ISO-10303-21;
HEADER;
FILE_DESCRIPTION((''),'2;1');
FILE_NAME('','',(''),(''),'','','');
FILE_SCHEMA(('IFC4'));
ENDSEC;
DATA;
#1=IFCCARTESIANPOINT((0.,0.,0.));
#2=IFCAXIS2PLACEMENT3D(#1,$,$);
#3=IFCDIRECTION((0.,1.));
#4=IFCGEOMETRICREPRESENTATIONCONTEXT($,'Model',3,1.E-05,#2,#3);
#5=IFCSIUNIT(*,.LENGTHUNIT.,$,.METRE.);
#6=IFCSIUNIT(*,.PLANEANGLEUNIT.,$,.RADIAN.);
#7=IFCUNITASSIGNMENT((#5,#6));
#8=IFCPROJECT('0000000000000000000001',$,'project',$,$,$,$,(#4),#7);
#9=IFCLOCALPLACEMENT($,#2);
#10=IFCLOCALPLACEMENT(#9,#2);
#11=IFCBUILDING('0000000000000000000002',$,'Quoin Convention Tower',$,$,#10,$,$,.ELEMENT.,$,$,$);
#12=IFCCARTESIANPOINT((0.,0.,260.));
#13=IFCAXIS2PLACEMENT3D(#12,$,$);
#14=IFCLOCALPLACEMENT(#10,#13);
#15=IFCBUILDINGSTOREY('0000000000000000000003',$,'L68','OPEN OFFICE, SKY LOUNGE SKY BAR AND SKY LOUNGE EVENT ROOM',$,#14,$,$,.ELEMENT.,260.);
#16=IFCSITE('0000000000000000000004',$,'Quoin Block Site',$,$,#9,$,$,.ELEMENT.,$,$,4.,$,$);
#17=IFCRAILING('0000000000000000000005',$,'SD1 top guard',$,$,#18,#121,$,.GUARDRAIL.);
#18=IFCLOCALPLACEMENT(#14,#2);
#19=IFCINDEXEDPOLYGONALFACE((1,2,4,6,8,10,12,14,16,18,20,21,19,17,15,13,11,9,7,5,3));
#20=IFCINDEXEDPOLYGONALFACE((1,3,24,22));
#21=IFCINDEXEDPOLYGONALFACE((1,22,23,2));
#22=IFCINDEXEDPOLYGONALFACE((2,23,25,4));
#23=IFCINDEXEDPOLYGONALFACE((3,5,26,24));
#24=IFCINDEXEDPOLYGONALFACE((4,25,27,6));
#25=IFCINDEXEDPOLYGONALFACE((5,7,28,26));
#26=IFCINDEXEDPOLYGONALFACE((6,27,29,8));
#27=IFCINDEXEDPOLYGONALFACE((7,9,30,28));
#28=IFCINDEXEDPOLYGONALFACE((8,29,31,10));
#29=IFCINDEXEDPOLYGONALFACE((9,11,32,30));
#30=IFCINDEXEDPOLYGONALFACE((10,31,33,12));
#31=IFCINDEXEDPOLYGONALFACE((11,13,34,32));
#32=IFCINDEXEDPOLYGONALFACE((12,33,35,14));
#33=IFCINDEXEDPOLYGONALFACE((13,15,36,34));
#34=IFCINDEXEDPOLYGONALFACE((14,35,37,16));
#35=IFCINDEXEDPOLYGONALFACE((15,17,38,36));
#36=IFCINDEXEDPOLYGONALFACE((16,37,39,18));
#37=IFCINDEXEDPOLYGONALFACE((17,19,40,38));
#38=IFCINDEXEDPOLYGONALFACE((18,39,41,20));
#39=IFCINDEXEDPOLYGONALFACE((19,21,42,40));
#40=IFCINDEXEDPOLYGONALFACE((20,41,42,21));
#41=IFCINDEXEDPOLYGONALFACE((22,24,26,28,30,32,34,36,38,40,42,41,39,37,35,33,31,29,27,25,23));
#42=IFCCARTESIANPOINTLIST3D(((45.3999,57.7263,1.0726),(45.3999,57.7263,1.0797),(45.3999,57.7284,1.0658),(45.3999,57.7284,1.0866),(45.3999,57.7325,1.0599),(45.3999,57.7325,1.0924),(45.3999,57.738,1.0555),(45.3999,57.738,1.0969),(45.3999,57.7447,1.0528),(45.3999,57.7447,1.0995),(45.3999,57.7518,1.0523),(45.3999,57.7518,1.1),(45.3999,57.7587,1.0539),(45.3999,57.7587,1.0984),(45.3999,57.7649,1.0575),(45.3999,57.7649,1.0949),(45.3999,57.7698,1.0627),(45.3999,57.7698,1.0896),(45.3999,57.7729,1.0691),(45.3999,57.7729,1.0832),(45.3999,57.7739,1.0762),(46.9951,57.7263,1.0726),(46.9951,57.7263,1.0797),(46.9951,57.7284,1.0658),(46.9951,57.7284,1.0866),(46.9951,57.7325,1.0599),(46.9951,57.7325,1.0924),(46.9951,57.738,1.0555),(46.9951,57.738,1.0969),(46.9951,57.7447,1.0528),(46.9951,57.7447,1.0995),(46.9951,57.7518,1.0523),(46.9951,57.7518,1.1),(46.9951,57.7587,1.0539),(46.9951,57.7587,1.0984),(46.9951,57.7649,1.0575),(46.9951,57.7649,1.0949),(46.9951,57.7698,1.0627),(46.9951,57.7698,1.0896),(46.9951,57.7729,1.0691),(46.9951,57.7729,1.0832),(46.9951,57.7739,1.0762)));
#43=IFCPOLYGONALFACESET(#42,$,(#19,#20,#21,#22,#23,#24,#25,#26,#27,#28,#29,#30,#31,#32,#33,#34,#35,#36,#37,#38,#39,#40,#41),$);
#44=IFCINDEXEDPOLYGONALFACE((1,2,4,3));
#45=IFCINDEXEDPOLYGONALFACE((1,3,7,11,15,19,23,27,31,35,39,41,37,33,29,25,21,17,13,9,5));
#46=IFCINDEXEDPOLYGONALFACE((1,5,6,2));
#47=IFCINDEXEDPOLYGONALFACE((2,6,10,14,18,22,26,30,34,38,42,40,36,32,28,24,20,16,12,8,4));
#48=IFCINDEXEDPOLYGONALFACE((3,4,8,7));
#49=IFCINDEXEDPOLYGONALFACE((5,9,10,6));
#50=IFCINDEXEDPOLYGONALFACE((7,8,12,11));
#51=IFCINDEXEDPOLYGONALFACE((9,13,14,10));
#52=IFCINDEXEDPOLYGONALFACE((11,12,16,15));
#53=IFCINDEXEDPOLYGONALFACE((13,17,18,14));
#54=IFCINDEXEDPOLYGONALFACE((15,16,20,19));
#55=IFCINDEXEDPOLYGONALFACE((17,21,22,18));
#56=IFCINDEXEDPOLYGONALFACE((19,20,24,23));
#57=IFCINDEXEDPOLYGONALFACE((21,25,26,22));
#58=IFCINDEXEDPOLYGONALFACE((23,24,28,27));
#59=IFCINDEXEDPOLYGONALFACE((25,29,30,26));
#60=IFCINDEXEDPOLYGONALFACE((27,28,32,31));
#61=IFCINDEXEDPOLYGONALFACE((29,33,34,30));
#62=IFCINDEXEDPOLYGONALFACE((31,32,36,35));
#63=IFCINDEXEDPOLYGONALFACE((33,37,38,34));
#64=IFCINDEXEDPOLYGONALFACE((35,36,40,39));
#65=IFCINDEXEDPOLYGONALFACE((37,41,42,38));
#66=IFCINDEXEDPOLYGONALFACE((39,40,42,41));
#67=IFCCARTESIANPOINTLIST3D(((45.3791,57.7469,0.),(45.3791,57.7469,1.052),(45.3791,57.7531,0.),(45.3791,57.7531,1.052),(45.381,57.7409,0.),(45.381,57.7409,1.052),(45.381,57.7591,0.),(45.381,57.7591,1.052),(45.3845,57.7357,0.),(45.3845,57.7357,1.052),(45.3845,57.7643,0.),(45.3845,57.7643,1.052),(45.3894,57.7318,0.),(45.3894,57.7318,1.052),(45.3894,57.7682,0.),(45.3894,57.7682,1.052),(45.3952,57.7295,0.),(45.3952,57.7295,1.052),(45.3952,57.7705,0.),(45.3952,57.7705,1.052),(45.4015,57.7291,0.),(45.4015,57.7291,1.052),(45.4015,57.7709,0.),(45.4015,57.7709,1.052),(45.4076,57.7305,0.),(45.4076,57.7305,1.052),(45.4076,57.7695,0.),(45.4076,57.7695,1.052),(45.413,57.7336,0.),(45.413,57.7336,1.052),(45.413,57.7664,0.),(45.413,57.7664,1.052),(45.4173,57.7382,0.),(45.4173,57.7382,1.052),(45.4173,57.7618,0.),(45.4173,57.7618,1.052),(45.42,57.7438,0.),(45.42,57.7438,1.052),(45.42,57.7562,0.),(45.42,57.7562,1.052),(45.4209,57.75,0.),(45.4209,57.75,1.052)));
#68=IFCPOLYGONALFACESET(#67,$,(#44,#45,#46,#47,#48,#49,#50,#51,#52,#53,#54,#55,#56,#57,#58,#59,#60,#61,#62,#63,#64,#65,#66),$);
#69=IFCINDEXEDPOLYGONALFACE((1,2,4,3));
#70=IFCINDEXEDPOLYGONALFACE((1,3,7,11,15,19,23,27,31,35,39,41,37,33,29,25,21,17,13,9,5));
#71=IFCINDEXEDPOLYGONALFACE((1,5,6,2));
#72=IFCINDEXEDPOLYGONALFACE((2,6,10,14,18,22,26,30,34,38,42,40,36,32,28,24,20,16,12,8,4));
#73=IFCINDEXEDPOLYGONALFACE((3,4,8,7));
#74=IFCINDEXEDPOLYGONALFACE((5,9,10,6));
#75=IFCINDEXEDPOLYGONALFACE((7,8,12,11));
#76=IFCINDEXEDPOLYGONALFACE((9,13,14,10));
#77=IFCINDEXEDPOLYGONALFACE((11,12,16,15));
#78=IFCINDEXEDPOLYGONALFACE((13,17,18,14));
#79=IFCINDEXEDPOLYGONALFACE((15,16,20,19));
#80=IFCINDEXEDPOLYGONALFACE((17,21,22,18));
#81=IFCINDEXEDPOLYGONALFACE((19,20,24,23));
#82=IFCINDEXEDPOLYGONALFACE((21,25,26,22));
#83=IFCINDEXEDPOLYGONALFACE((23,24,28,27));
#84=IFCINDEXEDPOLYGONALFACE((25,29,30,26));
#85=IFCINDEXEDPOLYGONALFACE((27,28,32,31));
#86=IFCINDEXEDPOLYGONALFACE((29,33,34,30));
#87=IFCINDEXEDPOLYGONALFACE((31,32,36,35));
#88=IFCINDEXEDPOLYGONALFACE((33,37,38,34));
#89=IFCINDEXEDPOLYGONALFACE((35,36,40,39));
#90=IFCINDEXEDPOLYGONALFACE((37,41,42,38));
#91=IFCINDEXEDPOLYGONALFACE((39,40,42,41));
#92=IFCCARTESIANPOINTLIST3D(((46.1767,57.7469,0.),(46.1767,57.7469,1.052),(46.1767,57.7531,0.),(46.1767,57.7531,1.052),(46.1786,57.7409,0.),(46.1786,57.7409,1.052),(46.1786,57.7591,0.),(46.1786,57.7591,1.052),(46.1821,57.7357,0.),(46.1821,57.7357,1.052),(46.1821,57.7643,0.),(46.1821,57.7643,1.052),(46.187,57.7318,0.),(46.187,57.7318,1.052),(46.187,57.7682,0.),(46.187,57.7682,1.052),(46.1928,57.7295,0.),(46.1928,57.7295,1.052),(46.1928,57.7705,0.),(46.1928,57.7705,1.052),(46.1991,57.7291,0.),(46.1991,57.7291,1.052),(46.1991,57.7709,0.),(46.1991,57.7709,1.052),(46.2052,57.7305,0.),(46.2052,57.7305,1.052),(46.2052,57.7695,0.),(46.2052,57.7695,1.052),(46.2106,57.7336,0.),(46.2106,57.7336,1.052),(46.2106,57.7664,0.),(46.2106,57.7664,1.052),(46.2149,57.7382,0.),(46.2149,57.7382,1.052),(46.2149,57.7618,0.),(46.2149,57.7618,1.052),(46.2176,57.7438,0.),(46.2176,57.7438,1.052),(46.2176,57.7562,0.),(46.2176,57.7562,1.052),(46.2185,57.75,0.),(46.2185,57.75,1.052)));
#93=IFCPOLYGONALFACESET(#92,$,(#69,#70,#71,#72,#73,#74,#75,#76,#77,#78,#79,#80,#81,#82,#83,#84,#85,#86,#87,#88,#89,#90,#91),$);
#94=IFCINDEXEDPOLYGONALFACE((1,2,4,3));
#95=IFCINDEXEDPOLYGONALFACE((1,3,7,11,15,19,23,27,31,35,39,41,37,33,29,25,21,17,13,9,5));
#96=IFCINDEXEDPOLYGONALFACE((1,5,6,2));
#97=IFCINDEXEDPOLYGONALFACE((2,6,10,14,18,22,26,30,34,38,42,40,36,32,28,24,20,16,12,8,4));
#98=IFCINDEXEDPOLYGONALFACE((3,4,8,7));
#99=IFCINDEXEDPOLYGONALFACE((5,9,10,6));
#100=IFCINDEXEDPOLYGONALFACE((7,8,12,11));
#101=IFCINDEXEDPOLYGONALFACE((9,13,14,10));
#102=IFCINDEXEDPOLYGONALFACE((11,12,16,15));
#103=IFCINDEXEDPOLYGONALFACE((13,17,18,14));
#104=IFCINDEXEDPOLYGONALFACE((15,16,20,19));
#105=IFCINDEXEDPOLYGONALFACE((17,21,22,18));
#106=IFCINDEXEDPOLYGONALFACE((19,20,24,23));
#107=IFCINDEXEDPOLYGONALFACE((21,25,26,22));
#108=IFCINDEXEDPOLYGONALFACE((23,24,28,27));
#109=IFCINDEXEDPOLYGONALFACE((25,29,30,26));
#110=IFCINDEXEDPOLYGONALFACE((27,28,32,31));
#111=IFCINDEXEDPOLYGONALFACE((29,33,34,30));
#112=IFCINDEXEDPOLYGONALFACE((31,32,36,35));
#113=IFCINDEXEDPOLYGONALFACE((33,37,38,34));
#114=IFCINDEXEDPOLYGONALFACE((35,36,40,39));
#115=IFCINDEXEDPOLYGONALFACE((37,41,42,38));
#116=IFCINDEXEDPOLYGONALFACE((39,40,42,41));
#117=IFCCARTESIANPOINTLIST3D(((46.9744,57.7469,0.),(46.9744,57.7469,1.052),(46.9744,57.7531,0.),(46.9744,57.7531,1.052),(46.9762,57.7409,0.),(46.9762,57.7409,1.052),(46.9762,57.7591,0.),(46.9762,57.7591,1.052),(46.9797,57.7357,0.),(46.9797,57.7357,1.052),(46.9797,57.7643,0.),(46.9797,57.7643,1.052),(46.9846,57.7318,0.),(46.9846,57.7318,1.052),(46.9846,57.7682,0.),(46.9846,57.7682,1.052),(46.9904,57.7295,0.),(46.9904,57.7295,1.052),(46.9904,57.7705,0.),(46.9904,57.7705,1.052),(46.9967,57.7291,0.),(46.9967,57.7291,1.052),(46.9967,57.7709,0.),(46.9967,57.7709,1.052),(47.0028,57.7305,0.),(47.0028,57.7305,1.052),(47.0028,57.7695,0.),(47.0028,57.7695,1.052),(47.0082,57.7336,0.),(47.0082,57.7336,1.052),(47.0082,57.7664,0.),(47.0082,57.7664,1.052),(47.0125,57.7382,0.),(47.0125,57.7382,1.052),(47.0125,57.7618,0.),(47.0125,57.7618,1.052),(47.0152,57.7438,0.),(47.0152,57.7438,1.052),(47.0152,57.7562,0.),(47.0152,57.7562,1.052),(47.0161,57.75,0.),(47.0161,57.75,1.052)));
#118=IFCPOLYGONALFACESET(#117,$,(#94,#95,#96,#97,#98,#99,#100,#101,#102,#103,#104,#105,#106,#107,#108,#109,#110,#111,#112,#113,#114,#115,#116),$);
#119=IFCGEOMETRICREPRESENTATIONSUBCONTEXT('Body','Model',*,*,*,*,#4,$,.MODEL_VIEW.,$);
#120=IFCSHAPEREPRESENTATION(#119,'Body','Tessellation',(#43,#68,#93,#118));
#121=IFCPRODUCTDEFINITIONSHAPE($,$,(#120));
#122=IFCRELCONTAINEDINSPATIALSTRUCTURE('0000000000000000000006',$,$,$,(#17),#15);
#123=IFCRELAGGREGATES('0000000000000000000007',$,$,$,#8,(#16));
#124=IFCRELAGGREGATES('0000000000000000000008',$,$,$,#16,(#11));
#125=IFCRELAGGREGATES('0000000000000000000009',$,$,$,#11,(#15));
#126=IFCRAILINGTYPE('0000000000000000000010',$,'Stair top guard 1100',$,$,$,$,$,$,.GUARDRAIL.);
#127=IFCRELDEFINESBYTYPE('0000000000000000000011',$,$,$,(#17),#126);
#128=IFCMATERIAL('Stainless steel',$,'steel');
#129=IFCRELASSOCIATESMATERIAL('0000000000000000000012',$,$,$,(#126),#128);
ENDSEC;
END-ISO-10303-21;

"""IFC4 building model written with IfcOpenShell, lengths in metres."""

from ifc_helpers import new_model, si_unit, direction, frame, origin, origin_2d, place, context, subcontext, project, spatial, circle, extrude, material, type_object, element, save


model = new_model("IFC4")

# Units and contexts
model_context = context("Model", 3, precision=1e-05, world=origin(), true_north=direction((0.0, 1.0)))
body_context = subcontext(model_context, "Body", "Model", "MODEL_VIEW")
ifc_project = project(units=[si_unit("LENGTHUNIT", "METRE"), si_unit("PLANEANGLEUNIT", "RADIAN")], contexts=[model_context])

# Site, building, storey
site_placement = place(None, origin())
site = spatial("IfcSite", under=ifc_project, at=site_placement, Name="Quoin Block Site", CompositionType="ELEMENT", RefElevation=4.0)
building_placement = place(site_placement, origin())
building = spatial("IfcBuilding", under=site, at=building_placement, Name="Quoin Convention Tower", CompositionType="ELEMENT")
storey_placement = place(building_placement, frame((0.0, 0.0, 260.0)))
storey = spatial("IfcBuildingStorey", under=building, at=storey_placement, Name="L68", Description="OPEN OFFICE, SKY LOUNGE SKY BAR AND SKY LOUNGE EVENT ROOM", CompositionType="ELEMENT", Elevation=260.0)

# Railing
ifc_material_1 = material(Name="Stainless steel", Category="steel")
railing_type = type_object("IfcRailingType", Name="Stair top guard 1100", PredefinedType="GUARDRAIL", material=ifc_material_1)
railing_placement = place(storey_placement, frame((45.3999, 57.75, 0.0)))
element("IfcRailing", 1, at=railing_placement, inside=storey, type_object=railing_type, Name="SD1 top guard", PredefinedType="GUARDRAIL", context=body_context, shape_type="SweptSolid", body=[
    extrude(circle(Radius=0.0239, at=origin_2d()), frame((0.0, 0.0, 1.0762), z_axis=(1.0, 0.0, 0.0), x_axis=(0.0, 1.0, 0.0)), (0.0, 0.0, 1.0), 1.5952),
    extrude(circle(Radius=0.021, at=origin_2d()), origin(), (0.0, 0.0, 1.0), 1.052),
    extrude(circle(Radius=0.021, at=origin_2d()), frame((0.7976, 0.0, 0.0)), (0.0, 0.0, 1.0), 1.052),
    extrude(circle(Radius=0.021, at=origin_2d()), frame((1.5952, 0.0, 0.0)), (0.0, 0.0, 1.0), 1.052),
])

save(model, "model.ifc")
